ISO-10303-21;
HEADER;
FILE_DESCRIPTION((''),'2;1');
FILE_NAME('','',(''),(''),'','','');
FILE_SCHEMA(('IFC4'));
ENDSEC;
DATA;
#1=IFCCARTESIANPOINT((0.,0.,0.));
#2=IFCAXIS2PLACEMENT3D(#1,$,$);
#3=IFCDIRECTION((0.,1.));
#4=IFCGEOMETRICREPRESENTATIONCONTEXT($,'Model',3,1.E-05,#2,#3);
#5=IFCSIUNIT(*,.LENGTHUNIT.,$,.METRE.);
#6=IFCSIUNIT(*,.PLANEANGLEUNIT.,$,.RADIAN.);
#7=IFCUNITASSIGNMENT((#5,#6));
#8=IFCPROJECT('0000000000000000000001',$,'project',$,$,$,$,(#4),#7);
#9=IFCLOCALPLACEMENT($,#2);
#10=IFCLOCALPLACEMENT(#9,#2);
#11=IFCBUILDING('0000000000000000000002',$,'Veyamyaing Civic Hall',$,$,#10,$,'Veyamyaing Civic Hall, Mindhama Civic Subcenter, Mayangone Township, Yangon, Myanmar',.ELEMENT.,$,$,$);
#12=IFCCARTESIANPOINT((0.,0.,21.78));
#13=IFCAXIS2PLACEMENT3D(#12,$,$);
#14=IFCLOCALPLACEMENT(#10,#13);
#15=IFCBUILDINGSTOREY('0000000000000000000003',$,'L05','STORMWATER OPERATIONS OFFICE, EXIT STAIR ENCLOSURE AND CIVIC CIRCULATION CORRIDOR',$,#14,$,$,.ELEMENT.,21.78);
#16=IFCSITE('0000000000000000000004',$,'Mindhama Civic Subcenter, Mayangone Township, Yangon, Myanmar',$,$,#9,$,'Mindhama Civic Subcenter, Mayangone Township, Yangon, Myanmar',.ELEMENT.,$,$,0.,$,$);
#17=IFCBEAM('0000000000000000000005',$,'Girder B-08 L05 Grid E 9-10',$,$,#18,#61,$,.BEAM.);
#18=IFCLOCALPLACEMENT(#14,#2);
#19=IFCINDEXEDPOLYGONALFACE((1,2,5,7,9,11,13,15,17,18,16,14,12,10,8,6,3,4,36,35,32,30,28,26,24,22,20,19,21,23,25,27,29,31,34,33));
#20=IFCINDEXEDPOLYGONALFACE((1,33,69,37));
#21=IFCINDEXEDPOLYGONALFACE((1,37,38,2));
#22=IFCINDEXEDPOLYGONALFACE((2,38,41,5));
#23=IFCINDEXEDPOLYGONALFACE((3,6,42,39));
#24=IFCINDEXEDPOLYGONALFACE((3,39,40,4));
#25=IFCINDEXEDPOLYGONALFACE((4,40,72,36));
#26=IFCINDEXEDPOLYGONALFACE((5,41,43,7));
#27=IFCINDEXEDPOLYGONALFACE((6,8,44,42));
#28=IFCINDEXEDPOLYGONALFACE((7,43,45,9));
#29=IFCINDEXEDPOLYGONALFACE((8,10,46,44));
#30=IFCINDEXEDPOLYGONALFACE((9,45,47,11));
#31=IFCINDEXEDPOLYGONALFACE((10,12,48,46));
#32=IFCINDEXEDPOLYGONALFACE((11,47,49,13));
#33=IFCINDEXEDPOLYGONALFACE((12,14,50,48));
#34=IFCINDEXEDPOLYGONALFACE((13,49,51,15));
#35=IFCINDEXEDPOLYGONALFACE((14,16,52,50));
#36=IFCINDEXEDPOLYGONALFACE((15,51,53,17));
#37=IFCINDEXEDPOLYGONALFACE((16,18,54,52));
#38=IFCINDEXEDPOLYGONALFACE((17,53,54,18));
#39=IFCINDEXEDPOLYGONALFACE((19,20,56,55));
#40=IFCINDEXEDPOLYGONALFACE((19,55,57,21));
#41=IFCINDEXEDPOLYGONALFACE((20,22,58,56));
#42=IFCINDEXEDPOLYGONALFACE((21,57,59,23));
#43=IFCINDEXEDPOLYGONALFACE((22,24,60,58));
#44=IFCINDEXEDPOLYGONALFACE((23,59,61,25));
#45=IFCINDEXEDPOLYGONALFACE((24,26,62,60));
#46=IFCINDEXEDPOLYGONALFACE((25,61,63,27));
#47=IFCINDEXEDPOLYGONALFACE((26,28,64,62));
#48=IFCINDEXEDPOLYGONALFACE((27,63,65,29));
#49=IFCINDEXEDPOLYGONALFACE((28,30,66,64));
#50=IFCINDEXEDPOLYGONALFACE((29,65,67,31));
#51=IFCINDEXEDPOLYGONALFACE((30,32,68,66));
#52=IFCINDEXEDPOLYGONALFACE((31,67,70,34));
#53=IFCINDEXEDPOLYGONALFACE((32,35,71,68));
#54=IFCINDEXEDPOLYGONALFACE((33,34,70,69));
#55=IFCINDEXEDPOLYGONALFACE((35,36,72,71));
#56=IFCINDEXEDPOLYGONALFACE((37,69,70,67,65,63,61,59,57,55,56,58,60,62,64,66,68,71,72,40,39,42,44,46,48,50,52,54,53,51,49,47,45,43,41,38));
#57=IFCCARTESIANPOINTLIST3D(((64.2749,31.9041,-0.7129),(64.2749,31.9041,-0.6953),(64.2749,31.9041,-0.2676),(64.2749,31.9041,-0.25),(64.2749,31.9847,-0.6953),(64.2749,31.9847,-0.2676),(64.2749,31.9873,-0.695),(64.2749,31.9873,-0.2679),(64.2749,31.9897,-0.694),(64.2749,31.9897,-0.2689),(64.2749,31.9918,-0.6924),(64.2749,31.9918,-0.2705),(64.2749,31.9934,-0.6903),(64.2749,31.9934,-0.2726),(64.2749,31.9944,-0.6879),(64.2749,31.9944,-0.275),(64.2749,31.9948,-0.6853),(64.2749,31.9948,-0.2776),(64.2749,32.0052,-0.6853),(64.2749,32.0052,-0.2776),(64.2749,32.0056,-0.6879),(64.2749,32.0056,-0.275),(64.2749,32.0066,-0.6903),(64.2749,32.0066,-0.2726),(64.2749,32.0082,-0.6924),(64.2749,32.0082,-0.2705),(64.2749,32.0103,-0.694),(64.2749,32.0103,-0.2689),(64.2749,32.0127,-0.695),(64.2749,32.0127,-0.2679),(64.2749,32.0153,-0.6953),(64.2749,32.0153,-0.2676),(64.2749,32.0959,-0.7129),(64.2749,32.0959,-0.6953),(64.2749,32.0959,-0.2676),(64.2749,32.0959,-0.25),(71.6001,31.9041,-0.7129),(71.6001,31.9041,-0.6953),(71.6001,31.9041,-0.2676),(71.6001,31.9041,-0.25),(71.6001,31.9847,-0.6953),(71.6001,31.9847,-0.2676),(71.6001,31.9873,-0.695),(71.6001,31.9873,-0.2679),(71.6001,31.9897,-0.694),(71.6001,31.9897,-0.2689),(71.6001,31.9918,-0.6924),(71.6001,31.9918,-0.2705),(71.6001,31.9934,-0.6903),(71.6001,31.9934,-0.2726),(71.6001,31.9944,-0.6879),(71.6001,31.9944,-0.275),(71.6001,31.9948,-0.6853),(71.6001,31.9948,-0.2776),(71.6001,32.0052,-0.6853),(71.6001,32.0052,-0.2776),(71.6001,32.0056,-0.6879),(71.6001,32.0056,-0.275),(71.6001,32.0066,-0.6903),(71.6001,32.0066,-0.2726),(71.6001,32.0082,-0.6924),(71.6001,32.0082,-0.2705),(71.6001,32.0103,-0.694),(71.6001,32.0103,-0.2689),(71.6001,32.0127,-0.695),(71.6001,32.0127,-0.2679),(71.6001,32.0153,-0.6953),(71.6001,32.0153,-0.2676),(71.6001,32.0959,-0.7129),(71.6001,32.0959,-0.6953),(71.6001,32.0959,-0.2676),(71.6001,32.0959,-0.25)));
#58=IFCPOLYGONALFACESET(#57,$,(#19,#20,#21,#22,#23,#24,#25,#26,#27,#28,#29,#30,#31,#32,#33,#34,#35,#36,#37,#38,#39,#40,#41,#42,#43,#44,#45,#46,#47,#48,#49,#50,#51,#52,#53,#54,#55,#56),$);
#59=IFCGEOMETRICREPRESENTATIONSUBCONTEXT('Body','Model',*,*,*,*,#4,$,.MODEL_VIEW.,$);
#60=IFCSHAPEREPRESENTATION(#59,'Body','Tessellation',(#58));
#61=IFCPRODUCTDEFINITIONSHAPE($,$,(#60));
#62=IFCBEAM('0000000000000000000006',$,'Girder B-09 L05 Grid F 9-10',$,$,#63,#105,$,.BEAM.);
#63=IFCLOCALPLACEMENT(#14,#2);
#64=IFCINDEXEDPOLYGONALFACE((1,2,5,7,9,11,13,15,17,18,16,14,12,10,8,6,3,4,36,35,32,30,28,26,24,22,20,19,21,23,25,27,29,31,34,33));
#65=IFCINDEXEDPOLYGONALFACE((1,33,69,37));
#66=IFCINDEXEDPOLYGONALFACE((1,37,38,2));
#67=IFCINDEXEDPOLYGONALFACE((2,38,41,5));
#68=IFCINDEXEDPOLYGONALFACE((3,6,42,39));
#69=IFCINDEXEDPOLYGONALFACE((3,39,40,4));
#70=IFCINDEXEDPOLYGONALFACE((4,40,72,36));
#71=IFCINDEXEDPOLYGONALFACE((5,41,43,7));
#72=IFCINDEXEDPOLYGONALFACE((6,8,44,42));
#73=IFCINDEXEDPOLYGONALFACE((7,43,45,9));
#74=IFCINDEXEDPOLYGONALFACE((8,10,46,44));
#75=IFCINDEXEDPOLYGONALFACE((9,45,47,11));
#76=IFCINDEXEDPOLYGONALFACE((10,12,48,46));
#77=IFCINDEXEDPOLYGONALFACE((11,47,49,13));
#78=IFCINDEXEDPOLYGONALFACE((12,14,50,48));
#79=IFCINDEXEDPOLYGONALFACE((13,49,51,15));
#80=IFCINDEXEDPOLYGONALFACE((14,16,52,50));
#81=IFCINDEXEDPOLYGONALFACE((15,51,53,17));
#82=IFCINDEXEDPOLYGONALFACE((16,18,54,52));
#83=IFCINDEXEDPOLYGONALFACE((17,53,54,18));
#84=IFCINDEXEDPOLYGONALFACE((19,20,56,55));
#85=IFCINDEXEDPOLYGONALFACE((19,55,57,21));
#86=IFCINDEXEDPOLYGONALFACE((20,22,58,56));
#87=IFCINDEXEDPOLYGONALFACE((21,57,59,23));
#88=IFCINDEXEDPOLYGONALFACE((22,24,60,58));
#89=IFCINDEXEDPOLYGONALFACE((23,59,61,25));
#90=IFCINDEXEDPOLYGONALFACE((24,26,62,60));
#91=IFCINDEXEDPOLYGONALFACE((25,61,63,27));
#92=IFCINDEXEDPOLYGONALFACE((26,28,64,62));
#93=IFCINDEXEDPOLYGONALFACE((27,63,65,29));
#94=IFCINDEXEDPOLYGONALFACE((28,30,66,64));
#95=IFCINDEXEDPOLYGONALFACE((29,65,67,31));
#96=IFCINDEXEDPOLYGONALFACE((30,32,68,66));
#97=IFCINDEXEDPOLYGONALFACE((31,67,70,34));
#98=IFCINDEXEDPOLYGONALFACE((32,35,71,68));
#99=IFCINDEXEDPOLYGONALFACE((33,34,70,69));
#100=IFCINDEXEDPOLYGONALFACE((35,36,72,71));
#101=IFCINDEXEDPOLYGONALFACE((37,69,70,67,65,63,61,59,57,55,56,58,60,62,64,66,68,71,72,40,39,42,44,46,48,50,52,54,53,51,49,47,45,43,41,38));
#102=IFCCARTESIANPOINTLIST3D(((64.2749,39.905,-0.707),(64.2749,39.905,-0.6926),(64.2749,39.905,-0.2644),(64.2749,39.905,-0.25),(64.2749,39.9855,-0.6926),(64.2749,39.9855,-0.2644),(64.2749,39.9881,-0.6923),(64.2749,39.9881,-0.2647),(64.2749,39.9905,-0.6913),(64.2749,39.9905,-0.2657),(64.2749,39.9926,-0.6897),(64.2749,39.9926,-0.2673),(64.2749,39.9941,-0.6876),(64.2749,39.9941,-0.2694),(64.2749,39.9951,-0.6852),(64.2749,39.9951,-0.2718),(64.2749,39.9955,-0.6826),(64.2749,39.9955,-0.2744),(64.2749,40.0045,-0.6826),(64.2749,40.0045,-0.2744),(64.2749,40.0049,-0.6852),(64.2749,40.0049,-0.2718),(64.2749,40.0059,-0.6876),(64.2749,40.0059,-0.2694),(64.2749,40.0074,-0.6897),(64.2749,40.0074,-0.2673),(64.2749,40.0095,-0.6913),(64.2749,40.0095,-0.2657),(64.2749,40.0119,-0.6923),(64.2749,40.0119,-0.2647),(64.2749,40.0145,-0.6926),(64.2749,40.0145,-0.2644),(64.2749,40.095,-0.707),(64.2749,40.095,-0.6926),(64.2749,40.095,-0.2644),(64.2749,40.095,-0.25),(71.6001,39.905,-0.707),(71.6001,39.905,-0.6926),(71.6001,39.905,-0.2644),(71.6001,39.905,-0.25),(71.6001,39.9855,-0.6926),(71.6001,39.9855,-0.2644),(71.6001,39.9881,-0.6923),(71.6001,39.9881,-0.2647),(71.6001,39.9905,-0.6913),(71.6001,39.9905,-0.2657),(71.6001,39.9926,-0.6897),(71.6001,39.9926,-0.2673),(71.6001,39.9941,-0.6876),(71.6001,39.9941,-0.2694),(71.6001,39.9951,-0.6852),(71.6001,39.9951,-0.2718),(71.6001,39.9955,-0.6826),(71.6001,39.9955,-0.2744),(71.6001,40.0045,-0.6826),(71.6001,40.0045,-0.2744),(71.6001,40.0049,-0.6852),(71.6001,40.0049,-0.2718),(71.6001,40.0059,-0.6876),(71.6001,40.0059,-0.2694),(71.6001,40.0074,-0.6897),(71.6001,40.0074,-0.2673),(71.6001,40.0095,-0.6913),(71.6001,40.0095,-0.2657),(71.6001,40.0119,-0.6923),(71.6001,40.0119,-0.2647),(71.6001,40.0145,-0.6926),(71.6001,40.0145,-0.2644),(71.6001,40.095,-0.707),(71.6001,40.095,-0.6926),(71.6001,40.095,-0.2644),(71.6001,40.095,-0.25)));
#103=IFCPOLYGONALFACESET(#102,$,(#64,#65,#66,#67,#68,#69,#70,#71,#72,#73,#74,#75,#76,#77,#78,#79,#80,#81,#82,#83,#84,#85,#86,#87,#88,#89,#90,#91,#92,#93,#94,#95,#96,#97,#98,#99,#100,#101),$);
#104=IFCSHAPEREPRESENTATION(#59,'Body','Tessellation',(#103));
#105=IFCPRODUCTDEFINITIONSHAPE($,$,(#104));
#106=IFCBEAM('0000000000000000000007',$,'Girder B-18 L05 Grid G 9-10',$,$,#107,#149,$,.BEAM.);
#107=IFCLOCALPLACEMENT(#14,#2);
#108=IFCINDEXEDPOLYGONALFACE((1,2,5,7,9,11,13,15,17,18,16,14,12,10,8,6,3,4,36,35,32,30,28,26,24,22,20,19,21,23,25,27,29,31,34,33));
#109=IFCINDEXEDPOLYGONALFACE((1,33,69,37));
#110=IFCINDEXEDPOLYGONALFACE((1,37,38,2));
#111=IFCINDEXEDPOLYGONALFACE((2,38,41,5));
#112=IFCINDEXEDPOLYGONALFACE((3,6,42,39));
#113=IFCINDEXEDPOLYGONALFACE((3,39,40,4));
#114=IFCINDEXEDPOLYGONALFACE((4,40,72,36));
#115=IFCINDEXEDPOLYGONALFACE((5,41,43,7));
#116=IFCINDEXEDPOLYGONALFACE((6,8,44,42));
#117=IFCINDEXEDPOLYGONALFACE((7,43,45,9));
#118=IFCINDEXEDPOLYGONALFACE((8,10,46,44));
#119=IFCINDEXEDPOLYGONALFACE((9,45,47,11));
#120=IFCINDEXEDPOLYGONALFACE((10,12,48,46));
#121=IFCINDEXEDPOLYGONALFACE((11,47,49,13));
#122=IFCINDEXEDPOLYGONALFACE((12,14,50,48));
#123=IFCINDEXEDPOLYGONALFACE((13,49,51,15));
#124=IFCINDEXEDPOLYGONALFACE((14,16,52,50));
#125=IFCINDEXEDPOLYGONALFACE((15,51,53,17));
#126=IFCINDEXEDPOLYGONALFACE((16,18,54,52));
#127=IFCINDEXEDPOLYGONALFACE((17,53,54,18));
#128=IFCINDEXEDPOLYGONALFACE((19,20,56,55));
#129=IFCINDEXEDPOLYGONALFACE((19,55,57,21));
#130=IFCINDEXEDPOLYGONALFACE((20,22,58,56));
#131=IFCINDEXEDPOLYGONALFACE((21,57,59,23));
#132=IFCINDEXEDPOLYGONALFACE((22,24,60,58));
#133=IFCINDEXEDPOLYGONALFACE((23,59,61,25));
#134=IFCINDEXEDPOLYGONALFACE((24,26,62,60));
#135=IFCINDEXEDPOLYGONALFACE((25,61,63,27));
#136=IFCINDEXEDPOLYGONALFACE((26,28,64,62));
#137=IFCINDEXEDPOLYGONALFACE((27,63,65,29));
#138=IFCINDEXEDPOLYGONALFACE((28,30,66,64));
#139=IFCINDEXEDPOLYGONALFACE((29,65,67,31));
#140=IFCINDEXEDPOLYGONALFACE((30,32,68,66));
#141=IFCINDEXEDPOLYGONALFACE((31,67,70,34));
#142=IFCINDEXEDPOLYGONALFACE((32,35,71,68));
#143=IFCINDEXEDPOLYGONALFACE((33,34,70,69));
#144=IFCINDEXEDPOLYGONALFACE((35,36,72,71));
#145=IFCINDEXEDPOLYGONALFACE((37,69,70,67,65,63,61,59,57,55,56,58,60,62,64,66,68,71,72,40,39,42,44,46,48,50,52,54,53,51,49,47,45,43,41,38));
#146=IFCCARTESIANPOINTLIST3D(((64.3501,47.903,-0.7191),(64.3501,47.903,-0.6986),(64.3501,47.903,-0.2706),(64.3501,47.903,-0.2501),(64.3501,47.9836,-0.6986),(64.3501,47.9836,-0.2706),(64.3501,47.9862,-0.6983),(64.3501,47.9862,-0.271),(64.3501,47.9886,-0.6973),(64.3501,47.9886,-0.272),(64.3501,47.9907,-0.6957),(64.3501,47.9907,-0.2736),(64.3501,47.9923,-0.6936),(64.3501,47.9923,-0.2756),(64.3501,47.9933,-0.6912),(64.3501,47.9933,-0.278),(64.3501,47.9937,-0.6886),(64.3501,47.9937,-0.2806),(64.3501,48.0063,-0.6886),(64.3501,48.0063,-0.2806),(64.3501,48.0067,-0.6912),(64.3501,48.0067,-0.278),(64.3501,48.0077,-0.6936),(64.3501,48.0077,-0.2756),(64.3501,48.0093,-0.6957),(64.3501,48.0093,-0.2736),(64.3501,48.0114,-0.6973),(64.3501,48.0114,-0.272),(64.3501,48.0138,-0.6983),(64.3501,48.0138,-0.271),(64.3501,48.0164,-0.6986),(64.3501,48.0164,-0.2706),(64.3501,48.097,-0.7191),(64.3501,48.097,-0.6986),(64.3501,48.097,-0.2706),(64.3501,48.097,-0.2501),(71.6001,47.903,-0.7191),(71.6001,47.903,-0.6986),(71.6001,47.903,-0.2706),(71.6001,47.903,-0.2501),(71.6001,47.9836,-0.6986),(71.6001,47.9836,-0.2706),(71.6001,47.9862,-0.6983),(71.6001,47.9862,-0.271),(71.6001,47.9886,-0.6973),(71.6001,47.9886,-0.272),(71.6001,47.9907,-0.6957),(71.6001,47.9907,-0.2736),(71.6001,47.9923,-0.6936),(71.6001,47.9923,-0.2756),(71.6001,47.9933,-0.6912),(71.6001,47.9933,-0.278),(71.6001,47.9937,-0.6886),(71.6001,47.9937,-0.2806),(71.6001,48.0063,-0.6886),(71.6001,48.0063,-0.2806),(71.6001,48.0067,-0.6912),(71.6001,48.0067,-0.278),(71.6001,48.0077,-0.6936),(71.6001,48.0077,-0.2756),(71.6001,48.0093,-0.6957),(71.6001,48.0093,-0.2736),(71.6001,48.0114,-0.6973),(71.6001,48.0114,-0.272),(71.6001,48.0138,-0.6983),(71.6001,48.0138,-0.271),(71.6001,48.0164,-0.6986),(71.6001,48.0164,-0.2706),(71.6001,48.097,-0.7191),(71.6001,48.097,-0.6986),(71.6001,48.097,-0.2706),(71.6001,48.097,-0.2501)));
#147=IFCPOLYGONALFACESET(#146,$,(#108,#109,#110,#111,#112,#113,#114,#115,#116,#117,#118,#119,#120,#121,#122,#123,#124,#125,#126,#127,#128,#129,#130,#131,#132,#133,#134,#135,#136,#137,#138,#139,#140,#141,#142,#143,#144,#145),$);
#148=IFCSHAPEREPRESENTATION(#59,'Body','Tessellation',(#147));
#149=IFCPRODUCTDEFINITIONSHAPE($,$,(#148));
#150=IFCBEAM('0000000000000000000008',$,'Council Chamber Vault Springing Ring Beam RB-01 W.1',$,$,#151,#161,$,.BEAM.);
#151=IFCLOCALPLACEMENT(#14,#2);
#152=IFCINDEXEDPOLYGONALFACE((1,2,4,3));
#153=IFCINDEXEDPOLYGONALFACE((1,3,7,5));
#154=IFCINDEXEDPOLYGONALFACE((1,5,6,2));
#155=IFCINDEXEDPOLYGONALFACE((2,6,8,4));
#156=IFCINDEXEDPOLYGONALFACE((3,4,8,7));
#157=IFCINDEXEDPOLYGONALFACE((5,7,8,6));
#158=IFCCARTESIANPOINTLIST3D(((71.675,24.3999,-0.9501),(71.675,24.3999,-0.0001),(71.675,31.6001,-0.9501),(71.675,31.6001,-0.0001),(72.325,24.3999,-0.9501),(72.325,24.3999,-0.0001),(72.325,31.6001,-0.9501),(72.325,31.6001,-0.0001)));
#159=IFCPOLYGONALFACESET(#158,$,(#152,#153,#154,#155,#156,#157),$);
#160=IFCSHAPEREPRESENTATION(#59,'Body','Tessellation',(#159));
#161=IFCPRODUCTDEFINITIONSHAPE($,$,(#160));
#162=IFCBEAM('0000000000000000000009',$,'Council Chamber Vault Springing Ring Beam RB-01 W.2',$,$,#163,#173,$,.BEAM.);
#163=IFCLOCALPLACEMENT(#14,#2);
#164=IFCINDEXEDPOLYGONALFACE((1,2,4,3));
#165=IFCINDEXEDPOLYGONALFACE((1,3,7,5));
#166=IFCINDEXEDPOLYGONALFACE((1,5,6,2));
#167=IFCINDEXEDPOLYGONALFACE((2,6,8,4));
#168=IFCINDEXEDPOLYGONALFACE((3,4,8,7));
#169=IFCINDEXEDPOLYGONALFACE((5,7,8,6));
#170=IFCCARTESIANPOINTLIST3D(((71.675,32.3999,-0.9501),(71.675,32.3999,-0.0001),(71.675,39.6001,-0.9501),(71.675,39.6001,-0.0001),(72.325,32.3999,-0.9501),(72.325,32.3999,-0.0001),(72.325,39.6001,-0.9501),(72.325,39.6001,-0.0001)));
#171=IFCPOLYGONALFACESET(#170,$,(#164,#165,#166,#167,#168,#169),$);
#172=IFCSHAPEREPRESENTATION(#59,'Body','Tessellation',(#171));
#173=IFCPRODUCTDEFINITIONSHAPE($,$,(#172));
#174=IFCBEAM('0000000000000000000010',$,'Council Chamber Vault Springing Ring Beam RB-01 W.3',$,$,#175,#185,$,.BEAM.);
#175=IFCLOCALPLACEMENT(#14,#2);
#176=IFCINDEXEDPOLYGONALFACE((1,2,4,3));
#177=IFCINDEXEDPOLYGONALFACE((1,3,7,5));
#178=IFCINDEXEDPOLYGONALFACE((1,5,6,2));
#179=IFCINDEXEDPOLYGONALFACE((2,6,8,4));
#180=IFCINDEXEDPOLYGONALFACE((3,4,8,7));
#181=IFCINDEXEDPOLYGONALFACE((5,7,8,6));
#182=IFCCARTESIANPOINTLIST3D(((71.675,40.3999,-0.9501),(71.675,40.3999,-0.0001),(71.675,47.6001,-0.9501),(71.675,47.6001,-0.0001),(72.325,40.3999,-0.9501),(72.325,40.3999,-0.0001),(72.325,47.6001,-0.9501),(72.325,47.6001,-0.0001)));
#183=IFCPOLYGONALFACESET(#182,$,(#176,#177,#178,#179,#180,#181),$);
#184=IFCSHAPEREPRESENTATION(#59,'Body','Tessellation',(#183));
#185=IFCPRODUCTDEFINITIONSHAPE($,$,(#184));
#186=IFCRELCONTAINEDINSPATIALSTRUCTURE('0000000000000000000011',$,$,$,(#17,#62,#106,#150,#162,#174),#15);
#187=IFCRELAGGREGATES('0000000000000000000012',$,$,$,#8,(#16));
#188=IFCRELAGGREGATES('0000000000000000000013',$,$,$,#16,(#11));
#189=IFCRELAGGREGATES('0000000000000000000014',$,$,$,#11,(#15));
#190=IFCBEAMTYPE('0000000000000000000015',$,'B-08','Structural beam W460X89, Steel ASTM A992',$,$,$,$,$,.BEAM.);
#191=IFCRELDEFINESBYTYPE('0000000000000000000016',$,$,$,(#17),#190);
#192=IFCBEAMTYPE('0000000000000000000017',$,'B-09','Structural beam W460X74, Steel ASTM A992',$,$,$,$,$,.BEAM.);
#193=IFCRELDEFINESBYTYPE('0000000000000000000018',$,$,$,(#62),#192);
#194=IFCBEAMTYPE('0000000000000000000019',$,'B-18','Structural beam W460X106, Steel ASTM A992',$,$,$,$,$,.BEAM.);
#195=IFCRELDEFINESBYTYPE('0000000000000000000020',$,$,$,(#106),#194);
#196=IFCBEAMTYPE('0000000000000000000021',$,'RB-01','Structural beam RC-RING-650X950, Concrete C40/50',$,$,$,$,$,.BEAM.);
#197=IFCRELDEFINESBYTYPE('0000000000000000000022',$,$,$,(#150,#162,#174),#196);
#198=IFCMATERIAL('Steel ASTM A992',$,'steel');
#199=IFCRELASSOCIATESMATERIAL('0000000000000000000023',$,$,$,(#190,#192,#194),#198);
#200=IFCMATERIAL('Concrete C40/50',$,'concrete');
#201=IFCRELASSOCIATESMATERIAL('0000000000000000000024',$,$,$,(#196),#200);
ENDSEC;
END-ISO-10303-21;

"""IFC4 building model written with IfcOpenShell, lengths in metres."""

from ifc_helpers import new_model, si_unit, direction, frame, origin, origin_2d, place, context, subcontext, project, spatial, rectangle, i_section, extrude, material, material_profile, profile_set, type_object, element, save


model = new_model("IFC4")

# Units and contexts
model_context = context("Model", 3, precision=1e-05, world=origin(), true_north=direction((0.0, 1.0)))
body_context = subcontext(model_context, "Body", "Model", "MODEL_VIEW")
ifc_project = project(units=[si_unit("LENGTHUNIT", "METRE"), si_unit("PLANEANGLEUNIT", "RADIAN")], contexts=[model_context])

# Site, building, storey
site_placement = place(None, origin())
site = spatial("IfcSite", under=ifc_project, at=site_placement, Name="Mindhama Civic Subcenter, Mayangone Township, Yangon, Myanmar", LongName="Mindhama Civic Subcenter, Mayangone Township, Yangon, Myanmar", CompositionType="ELEMENT", RefElevation=0.0)
building_placement = place(site_placement, origin())
building = spatial("IfcBuilding", under=site, at=building_placement, Name="Veyamyaing Civic Hall", LongName="Veyamyaing Civic Hall, Mindhama Civic Subcenter, Mayangone Township, Yangon, Myanmar", CompositionType="ELEMENT")
storey_placement = place(building_placement, frame((0.0, 0.0, 21.78)))
storey = spatial("IfcBuildingStorey", under=building, at=storey_placement, Name="L05", Description="STORMWATER OPERATIONS OFFICE, EXIT STAIR ENCLOSURE AND CIVIC CIRCULATION CORRIDOR", CompositionType="ELEMENT", Elevation=21.78)

# Beams
ifc_material_1 = material(Name="Steel ASTM A992", Category="steel")
ifc_material_profile_1 = material_profile(ifc_material_1, i_section(OverallWidth=0.1919, OverallDepth=0.4629, WebThickness=0.0105, FlangeThickness=0.0176, FilletRadius=0.01, at=origin_2d()), Name="W460X89")
ifc_profile_set_1 = profile_set([ifc_material_profile_1], Name="Steel ASTM A992")
beam_type_1 = type_object("IfcBeamType", Name="B-08", Description="Structural beam W460X89, Steel ASTM A992", PredefinedType="BEAM", material=ifc_profile_set_1)
beam_1_placement = place(storey_placement, frame((64.2749, 32.0, -0.4814), z_axis=(1.0, 0.0, 0.0), x_axis=(0.0, 1.0, 0.0)))
element("IfcBeam", 1, at=beam_1_placement, inside=storey, type_object=beam_type_1, Name="Girder B-08 L05 Grid E 9-10", PredefinedType="BEAM", context=body_context, shape_type="SweptSolid", body=[
    extrude(i_section(OverallWidth=0.1919, OverallDepth=0.4629, WebThickness=0.0105, FlangeThickness=0.0176, FilletRadius=0.01, at=origin_2d()), origin(), (0.0, 0.0, 1.0), 7.3252),
])
ifc_material_profile_2 = material_profile(ifc_material_1, i_section(OverallWidth=0.1899, OverallDepth=0.457, WebThickness=0.009, FlangeThickness=0.0144, FilletRadius=0.01, at=origin_2d()), Name="W460X74")
ifc_profile_set_2 = profile_set([ifc_material_profile_2], Name="Steel ASTM A992")
beam_type_2 = type_object("IfcBeamType", Name="B-09", Description="Structural beam W460X74, Steel ASTM A992", PredefinedType="BEAM", material=ifc_profile_set_2)
beam_2_placement = place(storey_placement, frame((64.2749, 40.0, -0.4785), z_axis=(1.0, 0.0, 0.0), x_axis=(0.0, 1.0, 0.0)))
element("IfcBeam", 2, at=beam_2_placement, inside=storey, type_object=beam_type_2, Name="Girder B-09 L05 Grid F 9-10", PredefinedType="BEAM", context=body_context, shape_type="SweptSolid", body=[
    extrude(i_section(OverallWidth=0.1899, OverallDepth=0.457, WebThickness=0.009, FlangeThickness=0.0144, FilletRadius=0.01, at=origin_2d()), origin(), (0.0, 0.0, 1.0), 7.3252),
])
ifc_material_profile_3 = material_profile(ifc_material_1, i_section(OverallWidth=0.1941, OverallDepth=0.469, WebThickness=0.0127, FlangeThickness=0.0205, FilletRadius=0.01, at=origin_2d()), Name="W460X106")
ifc_profile_set_3 = profile_set([ifc_material_profile_3], Name="Steel ASTM A992")
beam_type_3 = type_object("IfcBeamType", Name="B-18", Description="Structural beam W460X106, Steel ASTM A992", PredefinedType="BEAM", material=ifc_profile_set_3)
beam_3_placement = place(storey_placement, frame((64.3501, 48.0, -0.4846), z_axis=(1.0, 0.0, 0.0), x_axis=(0.0, 1.0, 0.0)))
element("IfcBeam", 3, at=beam_3_placement, inside=storey, type_object=beam_type_3, Name="Girder B-18 L05 Grid G 9-10", PredefinedType="BEAM", context=body_context, shape_type="SweptSolid", body=[
    extrude(i_section(OverallWidth=0.1941, OverallDepth=0.469, WebThickness=0.0127, FlangeThickness=0.0205, FilletRadius=0.01, at=origin_2d()), origin(), (0.0, 0.0, 1.0), 7.25),
])
ifc_material_2 = material(Name="Concrete C40/50", Category="concrete")
ifc_material_profile_4 = material_profile(ifc_material_2, rectangle(XDim=0.6499, YDim=0.95, at=origin_2d()), Name="RC-RING-650X950")
ifc_profile_set_4 = profile_set([ifc_material_profile_4], Name="Concrete C40/50")
beam_type_4 = type_object("IfcBeamType", Name="RB-01", Description="Structural beam RC-RING-650X950, Concrete C40/50", PredefinedType="BEAM", material=ifc_profile_set_4)
for number, where, z_axis, x_axis, name in (
    (4, (72.0, 24.3999, -0.4751), (0.0, 1.0, 0.0), (-1.0, 0.0, 0.0), "Council Chamber Vault Springing Ring Beam RB-01 W.1"),
    (5, (72.0, 32.3999, -0.4751), (0.0, 1.0, 0.0), (-1.0, 0.0, 0.0), "Council Chamber Vault Springing Ring Beam RB-01 W.2"),
    (6, (72.0, 40.3999, -0.4751), (0.0, 1.0, 0.0), (-1.0, 0.0, 0.0), "Council Chamber Vault Springing Ring Beam RB-01 W.3"),
):
    element("IfcBeam", number, at=place(storey_placement, frame(where, z_axis=z_axis, x_axis=x_axis)), inside=storey, type_object=beam_type_4, Name=name, PredefinedType="BEAM", context=body_context, shape_type="SweptSolid", body=[
        extrude(rectangle(XDim=0.6499, YDim=0.95, at=origin_2d()), origin(), (0.0, 0.0, 1.0), 7.2002),
    ])

save(model, "model.ifc")
